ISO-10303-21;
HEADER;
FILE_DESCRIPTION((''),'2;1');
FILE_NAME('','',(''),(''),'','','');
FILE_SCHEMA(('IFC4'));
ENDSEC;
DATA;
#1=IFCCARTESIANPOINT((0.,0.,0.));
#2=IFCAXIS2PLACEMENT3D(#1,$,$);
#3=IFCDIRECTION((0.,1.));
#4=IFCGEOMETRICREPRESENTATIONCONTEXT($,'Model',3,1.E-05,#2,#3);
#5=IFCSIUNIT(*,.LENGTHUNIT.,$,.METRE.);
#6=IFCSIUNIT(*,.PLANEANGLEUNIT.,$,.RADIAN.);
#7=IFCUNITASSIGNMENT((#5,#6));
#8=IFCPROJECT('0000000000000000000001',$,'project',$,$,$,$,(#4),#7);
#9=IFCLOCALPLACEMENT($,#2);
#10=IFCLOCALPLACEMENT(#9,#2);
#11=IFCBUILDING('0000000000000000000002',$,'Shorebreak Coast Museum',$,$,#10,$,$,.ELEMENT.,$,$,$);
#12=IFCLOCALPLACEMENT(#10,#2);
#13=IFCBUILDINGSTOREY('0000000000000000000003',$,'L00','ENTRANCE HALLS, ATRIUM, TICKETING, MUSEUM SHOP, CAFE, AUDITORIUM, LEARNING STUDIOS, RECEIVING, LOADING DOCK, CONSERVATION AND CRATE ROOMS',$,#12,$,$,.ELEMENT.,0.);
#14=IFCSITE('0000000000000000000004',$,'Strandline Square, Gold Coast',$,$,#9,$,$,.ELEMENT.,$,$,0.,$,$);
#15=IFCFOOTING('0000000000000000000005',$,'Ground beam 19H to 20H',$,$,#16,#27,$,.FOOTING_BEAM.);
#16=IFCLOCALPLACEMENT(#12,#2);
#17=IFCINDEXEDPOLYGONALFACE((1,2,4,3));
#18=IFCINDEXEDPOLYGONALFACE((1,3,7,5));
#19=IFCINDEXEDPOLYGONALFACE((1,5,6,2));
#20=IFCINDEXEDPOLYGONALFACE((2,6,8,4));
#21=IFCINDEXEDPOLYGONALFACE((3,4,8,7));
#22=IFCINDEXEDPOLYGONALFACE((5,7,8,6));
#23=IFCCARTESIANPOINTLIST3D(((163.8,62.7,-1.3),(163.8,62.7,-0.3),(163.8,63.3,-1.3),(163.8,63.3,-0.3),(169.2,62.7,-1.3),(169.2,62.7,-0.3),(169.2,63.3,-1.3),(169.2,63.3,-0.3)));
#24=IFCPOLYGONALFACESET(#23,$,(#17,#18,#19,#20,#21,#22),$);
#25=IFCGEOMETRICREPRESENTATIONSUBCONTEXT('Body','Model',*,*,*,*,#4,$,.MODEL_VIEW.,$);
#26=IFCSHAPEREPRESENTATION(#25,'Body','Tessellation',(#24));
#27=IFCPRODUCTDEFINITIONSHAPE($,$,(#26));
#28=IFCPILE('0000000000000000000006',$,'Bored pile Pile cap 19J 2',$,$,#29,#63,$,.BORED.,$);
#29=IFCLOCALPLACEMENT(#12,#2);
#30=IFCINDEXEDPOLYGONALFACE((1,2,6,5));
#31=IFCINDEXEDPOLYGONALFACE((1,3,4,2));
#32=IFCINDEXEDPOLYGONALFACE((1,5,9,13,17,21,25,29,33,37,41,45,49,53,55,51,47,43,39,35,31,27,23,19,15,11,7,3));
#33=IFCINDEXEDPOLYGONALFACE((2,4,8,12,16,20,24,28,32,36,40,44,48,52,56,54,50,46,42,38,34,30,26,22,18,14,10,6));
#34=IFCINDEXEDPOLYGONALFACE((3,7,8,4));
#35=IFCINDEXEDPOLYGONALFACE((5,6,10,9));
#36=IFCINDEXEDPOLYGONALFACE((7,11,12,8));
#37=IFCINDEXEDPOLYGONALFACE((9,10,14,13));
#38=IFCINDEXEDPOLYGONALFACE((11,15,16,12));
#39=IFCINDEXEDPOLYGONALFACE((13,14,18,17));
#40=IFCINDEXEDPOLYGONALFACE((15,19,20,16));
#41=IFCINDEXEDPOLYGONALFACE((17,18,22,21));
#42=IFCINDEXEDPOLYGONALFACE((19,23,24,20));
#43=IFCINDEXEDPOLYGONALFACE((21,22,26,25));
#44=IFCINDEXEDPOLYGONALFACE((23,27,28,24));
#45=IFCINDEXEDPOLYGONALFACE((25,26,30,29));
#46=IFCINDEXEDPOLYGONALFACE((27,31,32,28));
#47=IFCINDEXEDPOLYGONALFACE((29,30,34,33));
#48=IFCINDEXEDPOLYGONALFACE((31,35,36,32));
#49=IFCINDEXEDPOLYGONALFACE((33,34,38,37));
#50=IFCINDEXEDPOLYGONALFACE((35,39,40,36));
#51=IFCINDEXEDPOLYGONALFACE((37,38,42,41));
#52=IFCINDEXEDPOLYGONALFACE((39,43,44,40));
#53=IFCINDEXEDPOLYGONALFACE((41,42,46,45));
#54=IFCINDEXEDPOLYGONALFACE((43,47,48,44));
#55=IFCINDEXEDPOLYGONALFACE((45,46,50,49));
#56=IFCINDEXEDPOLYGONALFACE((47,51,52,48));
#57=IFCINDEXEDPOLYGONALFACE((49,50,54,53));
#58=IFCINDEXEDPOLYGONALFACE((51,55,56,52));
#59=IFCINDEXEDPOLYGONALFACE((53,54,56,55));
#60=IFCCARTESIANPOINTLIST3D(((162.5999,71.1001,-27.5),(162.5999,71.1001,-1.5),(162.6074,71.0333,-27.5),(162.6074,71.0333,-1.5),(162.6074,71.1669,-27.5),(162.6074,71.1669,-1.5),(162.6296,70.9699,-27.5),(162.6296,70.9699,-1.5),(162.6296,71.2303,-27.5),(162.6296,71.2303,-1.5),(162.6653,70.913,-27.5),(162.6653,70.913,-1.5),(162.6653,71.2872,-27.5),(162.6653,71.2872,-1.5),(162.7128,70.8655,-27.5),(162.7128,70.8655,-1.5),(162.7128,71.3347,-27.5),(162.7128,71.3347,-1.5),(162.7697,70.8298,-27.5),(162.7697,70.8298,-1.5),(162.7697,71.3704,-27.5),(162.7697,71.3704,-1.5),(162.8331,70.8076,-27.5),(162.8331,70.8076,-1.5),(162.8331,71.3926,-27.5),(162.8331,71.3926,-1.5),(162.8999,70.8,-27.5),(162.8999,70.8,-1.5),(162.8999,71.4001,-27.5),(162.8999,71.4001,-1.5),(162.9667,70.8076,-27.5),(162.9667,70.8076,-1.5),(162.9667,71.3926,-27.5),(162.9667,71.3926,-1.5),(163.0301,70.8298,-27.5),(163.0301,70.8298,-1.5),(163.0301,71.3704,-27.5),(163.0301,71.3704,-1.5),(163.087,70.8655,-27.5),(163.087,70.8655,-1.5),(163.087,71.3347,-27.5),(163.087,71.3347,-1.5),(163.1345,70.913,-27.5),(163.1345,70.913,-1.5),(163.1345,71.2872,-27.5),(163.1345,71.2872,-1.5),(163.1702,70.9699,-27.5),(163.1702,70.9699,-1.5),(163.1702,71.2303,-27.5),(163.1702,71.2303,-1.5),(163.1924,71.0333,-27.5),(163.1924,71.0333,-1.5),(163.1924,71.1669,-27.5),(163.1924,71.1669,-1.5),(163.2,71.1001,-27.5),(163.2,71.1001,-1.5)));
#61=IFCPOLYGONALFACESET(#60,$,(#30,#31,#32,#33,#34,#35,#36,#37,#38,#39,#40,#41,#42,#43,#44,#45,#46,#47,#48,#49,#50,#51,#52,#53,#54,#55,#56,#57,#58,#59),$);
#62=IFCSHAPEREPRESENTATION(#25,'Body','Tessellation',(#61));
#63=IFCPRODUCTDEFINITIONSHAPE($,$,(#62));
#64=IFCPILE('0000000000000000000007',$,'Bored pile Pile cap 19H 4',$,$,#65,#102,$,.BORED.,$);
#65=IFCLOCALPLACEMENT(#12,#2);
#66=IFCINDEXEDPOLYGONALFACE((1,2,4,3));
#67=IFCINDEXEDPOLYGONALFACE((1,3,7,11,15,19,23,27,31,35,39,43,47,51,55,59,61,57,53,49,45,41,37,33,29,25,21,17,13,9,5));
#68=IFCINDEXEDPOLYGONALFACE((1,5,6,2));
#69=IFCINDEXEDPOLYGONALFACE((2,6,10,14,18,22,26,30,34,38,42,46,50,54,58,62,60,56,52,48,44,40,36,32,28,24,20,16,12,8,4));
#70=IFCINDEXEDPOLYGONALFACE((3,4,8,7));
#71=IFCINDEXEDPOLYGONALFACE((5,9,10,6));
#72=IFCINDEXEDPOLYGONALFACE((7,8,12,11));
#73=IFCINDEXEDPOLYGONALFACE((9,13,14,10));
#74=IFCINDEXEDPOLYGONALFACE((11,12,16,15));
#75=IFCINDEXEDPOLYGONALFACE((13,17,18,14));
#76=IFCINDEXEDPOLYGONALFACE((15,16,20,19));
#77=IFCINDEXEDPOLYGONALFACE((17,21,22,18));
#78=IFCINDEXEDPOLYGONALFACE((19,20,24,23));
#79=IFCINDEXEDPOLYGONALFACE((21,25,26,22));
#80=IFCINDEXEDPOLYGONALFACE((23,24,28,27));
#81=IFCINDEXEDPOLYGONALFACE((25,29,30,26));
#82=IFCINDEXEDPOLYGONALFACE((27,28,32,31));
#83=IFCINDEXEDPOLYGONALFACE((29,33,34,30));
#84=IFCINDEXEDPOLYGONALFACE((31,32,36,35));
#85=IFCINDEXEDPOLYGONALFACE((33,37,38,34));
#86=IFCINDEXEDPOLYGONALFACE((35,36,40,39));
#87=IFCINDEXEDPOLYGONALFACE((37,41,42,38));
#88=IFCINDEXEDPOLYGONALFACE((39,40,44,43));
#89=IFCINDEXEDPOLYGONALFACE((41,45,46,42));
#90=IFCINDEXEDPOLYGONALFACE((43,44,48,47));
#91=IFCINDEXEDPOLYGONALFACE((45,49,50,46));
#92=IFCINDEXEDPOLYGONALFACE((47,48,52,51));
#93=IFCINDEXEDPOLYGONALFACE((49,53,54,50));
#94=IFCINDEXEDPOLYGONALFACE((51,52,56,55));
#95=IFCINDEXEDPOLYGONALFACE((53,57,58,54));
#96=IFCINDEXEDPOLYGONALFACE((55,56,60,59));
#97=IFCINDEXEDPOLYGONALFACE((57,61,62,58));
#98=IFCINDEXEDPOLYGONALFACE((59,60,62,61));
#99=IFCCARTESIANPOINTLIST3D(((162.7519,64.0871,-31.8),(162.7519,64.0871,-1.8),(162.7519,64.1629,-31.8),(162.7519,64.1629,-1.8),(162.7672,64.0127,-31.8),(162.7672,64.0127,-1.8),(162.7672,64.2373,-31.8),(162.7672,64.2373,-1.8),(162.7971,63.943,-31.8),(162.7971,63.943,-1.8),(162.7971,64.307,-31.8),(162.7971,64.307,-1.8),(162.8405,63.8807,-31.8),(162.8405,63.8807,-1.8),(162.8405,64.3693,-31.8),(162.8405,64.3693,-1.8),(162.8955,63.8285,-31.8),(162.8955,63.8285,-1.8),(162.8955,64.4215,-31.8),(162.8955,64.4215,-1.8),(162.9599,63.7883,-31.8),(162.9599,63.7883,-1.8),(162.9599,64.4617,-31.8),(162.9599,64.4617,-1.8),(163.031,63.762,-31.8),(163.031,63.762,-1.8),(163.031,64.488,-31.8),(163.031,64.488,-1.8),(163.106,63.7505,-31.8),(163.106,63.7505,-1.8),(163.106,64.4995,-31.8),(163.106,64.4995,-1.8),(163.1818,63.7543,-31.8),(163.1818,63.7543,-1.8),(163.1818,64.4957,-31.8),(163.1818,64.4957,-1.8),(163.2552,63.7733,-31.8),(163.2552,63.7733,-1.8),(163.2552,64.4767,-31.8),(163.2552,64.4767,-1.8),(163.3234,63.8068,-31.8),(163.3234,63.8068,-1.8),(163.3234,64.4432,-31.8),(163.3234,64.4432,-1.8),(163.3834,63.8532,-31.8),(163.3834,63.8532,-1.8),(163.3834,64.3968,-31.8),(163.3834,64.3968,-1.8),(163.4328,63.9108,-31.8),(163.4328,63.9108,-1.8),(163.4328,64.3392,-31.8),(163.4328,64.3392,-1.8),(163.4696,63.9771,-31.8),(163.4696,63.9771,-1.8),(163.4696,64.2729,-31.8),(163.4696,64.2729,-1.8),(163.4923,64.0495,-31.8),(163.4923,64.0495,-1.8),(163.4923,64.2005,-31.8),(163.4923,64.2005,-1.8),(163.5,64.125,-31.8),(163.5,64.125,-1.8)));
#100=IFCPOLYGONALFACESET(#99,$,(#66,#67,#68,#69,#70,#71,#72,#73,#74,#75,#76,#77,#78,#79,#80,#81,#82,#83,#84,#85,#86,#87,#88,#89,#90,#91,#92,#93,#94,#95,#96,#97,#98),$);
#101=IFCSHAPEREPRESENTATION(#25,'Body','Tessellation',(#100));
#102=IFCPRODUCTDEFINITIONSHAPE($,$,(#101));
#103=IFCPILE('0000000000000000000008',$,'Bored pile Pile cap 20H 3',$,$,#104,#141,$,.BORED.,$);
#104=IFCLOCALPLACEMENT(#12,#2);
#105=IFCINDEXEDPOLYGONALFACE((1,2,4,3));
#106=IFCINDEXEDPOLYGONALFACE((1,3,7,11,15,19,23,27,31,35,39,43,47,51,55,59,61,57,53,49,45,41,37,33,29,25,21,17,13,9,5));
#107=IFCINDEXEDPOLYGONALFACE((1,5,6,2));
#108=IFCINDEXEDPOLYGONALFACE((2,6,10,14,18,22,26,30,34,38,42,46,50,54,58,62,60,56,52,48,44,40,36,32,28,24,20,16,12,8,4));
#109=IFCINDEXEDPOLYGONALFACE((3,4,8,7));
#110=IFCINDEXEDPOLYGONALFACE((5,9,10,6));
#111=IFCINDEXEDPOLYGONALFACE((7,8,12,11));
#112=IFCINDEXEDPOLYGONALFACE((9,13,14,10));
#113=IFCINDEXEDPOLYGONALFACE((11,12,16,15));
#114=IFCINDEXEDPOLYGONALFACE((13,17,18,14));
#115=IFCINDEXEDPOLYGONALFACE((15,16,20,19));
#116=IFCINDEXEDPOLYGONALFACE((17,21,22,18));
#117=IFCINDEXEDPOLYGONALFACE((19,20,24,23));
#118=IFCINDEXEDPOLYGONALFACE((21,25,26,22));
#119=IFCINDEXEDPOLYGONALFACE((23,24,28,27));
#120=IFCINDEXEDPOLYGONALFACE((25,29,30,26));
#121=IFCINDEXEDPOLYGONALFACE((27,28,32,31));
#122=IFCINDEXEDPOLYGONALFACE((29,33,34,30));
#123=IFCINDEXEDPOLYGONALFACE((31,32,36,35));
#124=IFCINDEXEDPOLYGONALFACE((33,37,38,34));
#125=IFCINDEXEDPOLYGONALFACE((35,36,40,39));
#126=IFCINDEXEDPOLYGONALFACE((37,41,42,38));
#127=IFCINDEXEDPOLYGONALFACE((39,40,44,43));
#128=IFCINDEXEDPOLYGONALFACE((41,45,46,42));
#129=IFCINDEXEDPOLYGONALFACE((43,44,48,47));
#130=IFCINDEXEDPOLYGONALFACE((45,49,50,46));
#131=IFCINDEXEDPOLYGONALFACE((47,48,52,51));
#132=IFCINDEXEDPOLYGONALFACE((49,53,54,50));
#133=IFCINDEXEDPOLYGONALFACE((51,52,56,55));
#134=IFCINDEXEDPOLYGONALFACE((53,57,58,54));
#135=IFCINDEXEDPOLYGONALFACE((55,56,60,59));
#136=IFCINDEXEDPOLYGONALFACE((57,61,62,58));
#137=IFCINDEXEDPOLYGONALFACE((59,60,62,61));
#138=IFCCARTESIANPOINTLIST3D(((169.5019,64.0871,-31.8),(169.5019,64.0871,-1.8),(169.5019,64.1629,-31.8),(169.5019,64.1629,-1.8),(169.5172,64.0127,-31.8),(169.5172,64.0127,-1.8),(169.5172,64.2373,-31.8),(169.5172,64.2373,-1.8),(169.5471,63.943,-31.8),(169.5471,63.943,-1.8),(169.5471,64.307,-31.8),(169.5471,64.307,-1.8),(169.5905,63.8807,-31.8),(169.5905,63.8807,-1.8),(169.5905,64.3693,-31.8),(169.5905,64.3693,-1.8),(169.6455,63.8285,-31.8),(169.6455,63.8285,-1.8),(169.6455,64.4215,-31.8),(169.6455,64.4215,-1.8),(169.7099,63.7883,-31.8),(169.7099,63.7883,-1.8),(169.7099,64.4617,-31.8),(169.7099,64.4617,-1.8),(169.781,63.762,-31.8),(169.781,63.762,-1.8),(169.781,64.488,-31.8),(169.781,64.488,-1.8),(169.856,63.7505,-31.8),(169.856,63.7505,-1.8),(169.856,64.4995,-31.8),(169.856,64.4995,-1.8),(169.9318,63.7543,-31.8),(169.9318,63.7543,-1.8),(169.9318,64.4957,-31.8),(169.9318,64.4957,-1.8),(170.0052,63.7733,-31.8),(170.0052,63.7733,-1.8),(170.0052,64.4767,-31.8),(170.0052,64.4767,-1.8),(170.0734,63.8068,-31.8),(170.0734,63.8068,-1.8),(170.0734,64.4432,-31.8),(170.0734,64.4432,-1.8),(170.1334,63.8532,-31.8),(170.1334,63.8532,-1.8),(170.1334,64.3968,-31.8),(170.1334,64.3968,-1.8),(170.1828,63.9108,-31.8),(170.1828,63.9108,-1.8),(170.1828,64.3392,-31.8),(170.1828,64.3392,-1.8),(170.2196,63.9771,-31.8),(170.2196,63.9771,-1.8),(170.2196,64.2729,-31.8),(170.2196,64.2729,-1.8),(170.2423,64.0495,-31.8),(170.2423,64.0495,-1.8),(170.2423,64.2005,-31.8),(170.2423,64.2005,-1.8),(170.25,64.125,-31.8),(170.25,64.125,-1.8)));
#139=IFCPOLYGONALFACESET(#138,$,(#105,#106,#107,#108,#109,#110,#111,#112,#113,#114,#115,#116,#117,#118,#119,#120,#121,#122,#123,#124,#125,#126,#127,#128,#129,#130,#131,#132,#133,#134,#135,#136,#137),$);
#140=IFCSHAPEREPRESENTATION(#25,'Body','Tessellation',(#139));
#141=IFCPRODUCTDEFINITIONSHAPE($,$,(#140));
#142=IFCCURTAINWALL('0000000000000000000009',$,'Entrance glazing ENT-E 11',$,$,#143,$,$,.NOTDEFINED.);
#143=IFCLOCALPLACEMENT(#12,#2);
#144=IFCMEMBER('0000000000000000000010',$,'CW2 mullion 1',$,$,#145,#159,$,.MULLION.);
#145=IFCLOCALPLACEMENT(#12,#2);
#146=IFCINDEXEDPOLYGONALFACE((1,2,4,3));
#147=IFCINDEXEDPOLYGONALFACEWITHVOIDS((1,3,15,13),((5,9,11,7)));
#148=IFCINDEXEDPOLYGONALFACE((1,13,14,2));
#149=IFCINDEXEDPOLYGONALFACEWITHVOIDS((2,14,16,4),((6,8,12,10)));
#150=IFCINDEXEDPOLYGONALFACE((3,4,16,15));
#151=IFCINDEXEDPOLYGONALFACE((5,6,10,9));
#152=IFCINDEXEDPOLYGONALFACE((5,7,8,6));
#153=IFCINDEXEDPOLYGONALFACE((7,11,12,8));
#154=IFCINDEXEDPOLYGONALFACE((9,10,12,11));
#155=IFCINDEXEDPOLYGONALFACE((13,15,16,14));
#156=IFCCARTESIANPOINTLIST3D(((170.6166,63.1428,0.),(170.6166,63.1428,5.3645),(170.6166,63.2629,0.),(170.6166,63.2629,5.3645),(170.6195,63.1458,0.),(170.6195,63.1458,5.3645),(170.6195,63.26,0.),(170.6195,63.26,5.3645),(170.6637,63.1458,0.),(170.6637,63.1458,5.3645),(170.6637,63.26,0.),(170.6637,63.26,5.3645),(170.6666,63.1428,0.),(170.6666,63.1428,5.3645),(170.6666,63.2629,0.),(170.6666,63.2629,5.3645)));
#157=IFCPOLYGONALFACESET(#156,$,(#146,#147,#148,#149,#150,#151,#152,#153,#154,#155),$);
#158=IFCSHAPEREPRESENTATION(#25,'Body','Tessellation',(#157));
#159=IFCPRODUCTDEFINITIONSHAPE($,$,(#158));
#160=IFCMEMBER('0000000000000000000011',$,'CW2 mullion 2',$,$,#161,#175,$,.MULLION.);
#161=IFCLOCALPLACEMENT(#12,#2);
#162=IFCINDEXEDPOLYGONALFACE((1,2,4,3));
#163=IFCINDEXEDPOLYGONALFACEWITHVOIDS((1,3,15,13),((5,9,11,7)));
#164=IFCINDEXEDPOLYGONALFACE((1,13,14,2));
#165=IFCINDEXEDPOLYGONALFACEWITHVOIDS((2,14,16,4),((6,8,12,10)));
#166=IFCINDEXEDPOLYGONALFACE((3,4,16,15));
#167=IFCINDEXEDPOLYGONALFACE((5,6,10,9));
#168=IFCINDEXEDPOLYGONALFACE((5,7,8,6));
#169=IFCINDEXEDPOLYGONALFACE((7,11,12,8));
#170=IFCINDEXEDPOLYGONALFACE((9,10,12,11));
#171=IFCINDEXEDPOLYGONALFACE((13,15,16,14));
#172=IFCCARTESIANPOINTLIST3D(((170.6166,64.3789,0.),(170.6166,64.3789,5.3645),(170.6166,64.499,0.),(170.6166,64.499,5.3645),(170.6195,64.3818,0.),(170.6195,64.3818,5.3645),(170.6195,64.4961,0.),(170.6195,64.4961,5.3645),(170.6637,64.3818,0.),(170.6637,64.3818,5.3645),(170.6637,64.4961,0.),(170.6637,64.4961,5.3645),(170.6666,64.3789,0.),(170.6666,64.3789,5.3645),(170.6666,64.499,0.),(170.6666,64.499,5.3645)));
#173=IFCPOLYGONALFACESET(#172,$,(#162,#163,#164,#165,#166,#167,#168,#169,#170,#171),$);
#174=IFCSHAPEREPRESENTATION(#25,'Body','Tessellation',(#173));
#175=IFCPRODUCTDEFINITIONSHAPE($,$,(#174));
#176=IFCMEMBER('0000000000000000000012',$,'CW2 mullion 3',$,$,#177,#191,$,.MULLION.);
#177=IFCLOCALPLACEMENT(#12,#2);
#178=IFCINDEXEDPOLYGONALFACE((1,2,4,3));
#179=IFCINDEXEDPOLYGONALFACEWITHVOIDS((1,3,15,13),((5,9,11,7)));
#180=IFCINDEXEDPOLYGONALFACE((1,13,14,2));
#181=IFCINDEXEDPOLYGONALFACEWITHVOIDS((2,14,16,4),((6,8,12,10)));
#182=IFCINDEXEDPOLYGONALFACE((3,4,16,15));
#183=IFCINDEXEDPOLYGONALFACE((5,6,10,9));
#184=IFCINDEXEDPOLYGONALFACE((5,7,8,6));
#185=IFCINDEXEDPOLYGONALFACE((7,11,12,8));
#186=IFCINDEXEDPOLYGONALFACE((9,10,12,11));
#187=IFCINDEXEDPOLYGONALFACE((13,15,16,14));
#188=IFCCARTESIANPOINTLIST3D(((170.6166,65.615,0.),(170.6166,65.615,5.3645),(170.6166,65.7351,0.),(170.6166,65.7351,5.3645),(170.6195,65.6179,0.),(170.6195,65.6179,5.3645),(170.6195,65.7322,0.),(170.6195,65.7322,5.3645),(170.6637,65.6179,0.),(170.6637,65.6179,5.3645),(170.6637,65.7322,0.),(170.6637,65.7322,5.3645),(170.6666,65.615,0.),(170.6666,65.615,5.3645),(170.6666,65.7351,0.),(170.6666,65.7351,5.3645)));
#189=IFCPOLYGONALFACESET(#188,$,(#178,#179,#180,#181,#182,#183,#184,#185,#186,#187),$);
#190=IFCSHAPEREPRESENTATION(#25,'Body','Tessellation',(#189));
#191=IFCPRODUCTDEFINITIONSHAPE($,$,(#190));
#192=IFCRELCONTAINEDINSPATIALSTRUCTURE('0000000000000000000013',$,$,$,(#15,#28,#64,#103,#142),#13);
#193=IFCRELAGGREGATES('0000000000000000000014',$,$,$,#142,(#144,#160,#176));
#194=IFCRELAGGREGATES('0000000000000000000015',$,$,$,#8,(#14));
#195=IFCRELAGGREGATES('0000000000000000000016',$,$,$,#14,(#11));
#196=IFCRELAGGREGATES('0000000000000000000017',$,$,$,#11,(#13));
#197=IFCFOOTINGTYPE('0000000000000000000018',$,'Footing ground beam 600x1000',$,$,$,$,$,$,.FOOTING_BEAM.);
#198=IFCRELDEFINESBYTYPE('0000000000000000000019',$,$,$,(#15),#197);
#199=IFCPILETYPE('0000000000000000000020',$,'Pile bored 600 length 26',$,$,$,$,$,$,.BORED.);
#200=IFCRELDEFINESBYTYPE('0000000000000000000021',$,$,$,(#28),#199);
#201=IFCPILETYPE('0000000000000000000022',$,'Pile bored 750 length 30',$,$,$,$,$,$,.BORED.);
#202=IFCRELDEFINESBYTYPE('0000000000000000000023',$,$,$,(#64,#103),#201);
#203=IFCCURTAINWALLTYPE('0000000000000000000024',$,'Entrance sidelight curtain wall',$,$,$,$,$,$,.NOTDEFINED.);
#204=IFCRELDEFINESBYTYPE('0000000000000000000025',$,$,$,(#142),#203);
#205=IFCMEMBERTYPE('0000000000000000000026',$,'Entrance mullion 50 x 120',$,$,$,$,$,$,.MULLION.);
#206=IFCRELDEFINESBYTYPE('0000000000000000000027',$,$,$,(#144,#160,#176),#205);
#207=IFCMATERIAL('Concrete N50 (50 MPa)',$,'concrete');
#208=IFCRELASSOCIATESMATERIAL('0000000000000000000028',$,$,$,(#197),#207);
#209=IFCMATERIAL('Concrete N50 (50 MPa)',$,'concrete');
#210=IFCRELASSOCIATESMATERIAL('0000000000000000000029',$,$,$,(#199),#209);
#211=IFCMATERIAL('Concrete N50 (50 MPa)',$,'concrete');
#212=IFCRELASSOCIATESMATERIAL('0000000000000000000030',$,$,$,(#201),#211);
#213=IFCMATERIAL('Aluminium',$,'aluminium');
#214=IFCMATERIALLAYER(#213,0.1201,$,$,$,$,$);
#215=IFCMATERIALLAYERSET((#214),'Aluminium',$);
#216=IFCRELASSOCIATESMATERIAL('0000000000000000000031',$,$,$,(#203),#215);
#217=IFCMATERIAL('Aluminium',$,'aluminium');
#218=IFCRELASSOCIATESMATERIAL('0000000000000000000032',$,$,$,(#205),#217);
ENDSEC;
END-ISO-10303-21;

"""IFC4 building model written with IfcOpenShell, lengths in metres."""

from ifc_helpers import new_model, si_unit, direction, frame, origin, origin_2d, place, context, subcontext, project, spatial, rectangle, hollow_rectangle, circle, extrude, material, layer, layer_set, material_profile, profile_set, type_object, element, aggregate, save


model = new_model("IFC4")

# Units and contexts
model_context = context("Model", 3, precision=1e-05, world=origin(), true_north=direction((0.0, 1.0)))
body_context = subcontext(model_context, "Body", "Model", "MODEL_VIEW")
ifc_project = project(units=[si_unit("LENGTHUNIT", "METRE"), si_unit("PLANEANGLEUNIT", "RADIAN")], contexts=[model_context])

# Site, building, storey
site_placement = place(None, origin())
site = spatial("IfcSite", under=ifc_project, at=site_placement, Name="Strandline Square, Gold Coast", CompositionType="ELEMENT", RefElevation=0.0)
building_placement = place(site_placement, origin())
building = spatial("IfcBuilding", under=site, at=building_placement, Name="Shorebreak Coast Museum", CompositionType="ELEMENT")
storey_placement = place(building_placement, origin())
storey = spatial("IfcBuildingStorey", under=building, at=storey_placement, Name="L00", Description="ENTRANCE HALLS, ATRIUM, TICKETING, MUSEUM SHOP, CAFE, AUDITORIUM, LEARNING STUDIOS, RECEIVING, LOADING DOCK, CONSERVATION AND CRATE ROOMS", CompositionType="ELEMENT", Elevation=0.0)

# Footing
ifc_material_1 = material(Name="Concrete N50 (50 MPa)", Category="concrete")
footing_type = type_object("IfcFootingType", Name="Footing ground beam 600x1000", PredefinedType="FOOTING_BEAM", material=ifc_material_1)
footing_placement = place(storey_placement, frame((166.5, 63.0, -1.3), z_axis=(0.0, 0.0, 1.0), x_axis=(1.0, 0.0, 0.0)))
element("IfcFooting", 1, at=footing_placement, inside=storey, type_object=footing_type, Name="Ground beam 19H to 20H", PredefinedType="FOOTING_BEAM", context=body_context, shape_type="SweptSolid", body=[
    extrude(rectangle(XDim=5.3999, YDim=0.6001, at=origin_2d()), origin(), (0.0, 0.0, 1.0), 1.0),
])

# Piles
ifc_material_2 = material(Name="Concrete N50 (50 MPa)", Category="concrete")
ifc_material_profile_1 = material_profile(ifc_material_2, circle(Radius=0.3, at=origin_2d()), Name="Pile bored 600 length 26")
ifc_profile_set_1 = profile_set([ifc_material_profile_1], Name="Concrete N50 (50 MPa)")
pile_type_1 = type_object("IfcPileType", Name="Pile bored 600 length 26", PredefinedType="BORED", material=ifc_profile_set_1)
pile_placement = place(storey_placement, frame((162.8999, 71.1001, -1.5), z_axis=(0.0, 0.0, -1.0), x_axis=(1.0, 0.0, 0.0)))
element("IfcPile", 2, at=pile_placement, inside=storey, type_object=pile_type_1, Name="Bored pile Pile cap 19J 2", PredefinedType="BORED", context=body_context, shape_type="SweptSolid", body=[
    extrude(circle(Radius=0.3, at=origin_2d()), origin(), (0.0, 0.0, 1.0), 26.0),
])
ifc_material_3 = material(Name="Concrete N50 (50 MPa)", Category="concrete")
ifc_material_profile_2 = material_profile(ifc_material_3, circle(Radius=0.375, at=origin_2d()), Name="Pile bored 750 length 30")
ifc_profile_set_2 = profile_set([ifc_material_profile_2], Name="Concrete N50 (50 MPa)")
pile_type_2 = type_object("IfcPileType", Name="Pile bored 750 length 30", PredefinedType="BORED", material=ifc_profile_set_2)
for number, where, z_axis, x_axis, name in (
    (3, (163.125, 64.125, -1.8), (0.0, 0.0, -1.0), (1.0, 0.0, 0.0), "Bored pile Pile cap 19H 4"),
    (4, (169.875, 64.125, -1.8), (0.0, 0.0, -1.0), (1.0, 0.0, 0.0), "Bored pile Pile cap 20H 3"),
):
    element("IfcPile", number, at=place(storey_placement, frame(where, z_axis=z_axis, x_axis=x_axis)), inside=storey, type_object=pile_type_2, Name=name, PredefinedType="BORED", context=body_context, shape_type="SweptSolid", body=[
        extrude(circle(Radius=0.375, at=origin_2d()), origin(), (0.0, 0.0, 1.0), 30.0),
    ])

# Curtain wall, members
ifc_material_4 = material(Name="Aluminium", Category="aluminium")
ifc_layer_1 = layer(ifc_material_4, 0.1201)
ifc_layer_set_1 = layer_set([ifc_layer_1], Name="Aluminium")
curtain_wall_type = type_object("IfcCurtainWallType", Name="Entrance sidelight curtain wall", PredefinedType="NOTDEFINED", material=ifc_layer_set_1)
curtain_wall_1_placement = place(storey_placement, origin())
curtain_wall_1 = element("IfcCurtainWall", 5, at=curtain_wall_1_placement, inside=storey, type_object=curtain_wall_type, Name="Entrance glazing ENT-E 11", PredefinedType="NOTDEFINED")
ifc_material_5 = material(Name="Aluminium", Category="aluminium")
ifc_material_profile_3 = material_profile(ifc_material_5, hollow_rectangle(XDim=0.05, YDim=0.1201, WallThickness=0.0029, at=origin_2d()), Name="AL 120x50 RHS")
ifc_profile_set_3 = profile_set([ifc_material_profile_3], Name="Aluminium")
member_type_1 = type_object("IfcMemberType", Name="Entrance mullion 50 x 120", PredefinedType="MULLION", material=ifc_profile_set_3)
member_1_placement = place(storey_placement, frame((170.6416, 63.2029, 0.0), z_axis=(0.0, 0.0, 1.0), x_axis=(-1.0, 0.0, 0.0)))
member_1 = element("IfcMember", 6, at=member_1_placement, type_object=member_type_1, Name="CW2 mullion 1", PredefinedType="MULLION", context=body_context, shape_type="SweptSolid", body=[
    extrude(hollow_rectangle(XDim=0.05, YDim=0.1201, WallThickness=0.0029, at=origin_2d()), origin(), (0.0, 0.0, 1.0), 5.3645),
])
member_2_placement = place(storey_placement, frame((170.6416, 64.439, 0.0), z_axis=(0.0, 0.0, 1.0), x_axis=(-1.0, 0.0, 0.0)))
member_2 = element("IfcMember", 7, at=member_2_placement, type_object=member_type_1, Name="CW2 mullion 2", PredefinedType="MULLION", context=body_context, shape_type="SweptSolid", body=[
    extrude(hollow_rectangle(XDim=0.05, YDim=0.1201, WallThickness=0.0029, at=origin_2d()), origin(), (0.0, 0.0, 1.0), 5.3645),
])
member_3_placement = place(storey_placement, frame((170.6416, 65.675, 0.0), z_axis=(0.0, 0.0, 1.0), x_axis=(-1.0, 0.0, 0.0)))
member_3 = element("IfcMember", 8, at=member_3_placement, type_object=member_type_1, Name="CW2 mullion 3", PredefinedType="MULLION", context=body_context, shape_type="SweptSolid", body=[
    extrude(hollow_rectangle(XDim=0.05, YDim=0.1201, WallThickness=0.0029, at=origin_2d()), origin(), (0.0, 0.0, 1.0), 5.3645),
])

aggregate(curtain_wall_1, [member_1, member_2, member_3])

save(model, "model.ifc")
